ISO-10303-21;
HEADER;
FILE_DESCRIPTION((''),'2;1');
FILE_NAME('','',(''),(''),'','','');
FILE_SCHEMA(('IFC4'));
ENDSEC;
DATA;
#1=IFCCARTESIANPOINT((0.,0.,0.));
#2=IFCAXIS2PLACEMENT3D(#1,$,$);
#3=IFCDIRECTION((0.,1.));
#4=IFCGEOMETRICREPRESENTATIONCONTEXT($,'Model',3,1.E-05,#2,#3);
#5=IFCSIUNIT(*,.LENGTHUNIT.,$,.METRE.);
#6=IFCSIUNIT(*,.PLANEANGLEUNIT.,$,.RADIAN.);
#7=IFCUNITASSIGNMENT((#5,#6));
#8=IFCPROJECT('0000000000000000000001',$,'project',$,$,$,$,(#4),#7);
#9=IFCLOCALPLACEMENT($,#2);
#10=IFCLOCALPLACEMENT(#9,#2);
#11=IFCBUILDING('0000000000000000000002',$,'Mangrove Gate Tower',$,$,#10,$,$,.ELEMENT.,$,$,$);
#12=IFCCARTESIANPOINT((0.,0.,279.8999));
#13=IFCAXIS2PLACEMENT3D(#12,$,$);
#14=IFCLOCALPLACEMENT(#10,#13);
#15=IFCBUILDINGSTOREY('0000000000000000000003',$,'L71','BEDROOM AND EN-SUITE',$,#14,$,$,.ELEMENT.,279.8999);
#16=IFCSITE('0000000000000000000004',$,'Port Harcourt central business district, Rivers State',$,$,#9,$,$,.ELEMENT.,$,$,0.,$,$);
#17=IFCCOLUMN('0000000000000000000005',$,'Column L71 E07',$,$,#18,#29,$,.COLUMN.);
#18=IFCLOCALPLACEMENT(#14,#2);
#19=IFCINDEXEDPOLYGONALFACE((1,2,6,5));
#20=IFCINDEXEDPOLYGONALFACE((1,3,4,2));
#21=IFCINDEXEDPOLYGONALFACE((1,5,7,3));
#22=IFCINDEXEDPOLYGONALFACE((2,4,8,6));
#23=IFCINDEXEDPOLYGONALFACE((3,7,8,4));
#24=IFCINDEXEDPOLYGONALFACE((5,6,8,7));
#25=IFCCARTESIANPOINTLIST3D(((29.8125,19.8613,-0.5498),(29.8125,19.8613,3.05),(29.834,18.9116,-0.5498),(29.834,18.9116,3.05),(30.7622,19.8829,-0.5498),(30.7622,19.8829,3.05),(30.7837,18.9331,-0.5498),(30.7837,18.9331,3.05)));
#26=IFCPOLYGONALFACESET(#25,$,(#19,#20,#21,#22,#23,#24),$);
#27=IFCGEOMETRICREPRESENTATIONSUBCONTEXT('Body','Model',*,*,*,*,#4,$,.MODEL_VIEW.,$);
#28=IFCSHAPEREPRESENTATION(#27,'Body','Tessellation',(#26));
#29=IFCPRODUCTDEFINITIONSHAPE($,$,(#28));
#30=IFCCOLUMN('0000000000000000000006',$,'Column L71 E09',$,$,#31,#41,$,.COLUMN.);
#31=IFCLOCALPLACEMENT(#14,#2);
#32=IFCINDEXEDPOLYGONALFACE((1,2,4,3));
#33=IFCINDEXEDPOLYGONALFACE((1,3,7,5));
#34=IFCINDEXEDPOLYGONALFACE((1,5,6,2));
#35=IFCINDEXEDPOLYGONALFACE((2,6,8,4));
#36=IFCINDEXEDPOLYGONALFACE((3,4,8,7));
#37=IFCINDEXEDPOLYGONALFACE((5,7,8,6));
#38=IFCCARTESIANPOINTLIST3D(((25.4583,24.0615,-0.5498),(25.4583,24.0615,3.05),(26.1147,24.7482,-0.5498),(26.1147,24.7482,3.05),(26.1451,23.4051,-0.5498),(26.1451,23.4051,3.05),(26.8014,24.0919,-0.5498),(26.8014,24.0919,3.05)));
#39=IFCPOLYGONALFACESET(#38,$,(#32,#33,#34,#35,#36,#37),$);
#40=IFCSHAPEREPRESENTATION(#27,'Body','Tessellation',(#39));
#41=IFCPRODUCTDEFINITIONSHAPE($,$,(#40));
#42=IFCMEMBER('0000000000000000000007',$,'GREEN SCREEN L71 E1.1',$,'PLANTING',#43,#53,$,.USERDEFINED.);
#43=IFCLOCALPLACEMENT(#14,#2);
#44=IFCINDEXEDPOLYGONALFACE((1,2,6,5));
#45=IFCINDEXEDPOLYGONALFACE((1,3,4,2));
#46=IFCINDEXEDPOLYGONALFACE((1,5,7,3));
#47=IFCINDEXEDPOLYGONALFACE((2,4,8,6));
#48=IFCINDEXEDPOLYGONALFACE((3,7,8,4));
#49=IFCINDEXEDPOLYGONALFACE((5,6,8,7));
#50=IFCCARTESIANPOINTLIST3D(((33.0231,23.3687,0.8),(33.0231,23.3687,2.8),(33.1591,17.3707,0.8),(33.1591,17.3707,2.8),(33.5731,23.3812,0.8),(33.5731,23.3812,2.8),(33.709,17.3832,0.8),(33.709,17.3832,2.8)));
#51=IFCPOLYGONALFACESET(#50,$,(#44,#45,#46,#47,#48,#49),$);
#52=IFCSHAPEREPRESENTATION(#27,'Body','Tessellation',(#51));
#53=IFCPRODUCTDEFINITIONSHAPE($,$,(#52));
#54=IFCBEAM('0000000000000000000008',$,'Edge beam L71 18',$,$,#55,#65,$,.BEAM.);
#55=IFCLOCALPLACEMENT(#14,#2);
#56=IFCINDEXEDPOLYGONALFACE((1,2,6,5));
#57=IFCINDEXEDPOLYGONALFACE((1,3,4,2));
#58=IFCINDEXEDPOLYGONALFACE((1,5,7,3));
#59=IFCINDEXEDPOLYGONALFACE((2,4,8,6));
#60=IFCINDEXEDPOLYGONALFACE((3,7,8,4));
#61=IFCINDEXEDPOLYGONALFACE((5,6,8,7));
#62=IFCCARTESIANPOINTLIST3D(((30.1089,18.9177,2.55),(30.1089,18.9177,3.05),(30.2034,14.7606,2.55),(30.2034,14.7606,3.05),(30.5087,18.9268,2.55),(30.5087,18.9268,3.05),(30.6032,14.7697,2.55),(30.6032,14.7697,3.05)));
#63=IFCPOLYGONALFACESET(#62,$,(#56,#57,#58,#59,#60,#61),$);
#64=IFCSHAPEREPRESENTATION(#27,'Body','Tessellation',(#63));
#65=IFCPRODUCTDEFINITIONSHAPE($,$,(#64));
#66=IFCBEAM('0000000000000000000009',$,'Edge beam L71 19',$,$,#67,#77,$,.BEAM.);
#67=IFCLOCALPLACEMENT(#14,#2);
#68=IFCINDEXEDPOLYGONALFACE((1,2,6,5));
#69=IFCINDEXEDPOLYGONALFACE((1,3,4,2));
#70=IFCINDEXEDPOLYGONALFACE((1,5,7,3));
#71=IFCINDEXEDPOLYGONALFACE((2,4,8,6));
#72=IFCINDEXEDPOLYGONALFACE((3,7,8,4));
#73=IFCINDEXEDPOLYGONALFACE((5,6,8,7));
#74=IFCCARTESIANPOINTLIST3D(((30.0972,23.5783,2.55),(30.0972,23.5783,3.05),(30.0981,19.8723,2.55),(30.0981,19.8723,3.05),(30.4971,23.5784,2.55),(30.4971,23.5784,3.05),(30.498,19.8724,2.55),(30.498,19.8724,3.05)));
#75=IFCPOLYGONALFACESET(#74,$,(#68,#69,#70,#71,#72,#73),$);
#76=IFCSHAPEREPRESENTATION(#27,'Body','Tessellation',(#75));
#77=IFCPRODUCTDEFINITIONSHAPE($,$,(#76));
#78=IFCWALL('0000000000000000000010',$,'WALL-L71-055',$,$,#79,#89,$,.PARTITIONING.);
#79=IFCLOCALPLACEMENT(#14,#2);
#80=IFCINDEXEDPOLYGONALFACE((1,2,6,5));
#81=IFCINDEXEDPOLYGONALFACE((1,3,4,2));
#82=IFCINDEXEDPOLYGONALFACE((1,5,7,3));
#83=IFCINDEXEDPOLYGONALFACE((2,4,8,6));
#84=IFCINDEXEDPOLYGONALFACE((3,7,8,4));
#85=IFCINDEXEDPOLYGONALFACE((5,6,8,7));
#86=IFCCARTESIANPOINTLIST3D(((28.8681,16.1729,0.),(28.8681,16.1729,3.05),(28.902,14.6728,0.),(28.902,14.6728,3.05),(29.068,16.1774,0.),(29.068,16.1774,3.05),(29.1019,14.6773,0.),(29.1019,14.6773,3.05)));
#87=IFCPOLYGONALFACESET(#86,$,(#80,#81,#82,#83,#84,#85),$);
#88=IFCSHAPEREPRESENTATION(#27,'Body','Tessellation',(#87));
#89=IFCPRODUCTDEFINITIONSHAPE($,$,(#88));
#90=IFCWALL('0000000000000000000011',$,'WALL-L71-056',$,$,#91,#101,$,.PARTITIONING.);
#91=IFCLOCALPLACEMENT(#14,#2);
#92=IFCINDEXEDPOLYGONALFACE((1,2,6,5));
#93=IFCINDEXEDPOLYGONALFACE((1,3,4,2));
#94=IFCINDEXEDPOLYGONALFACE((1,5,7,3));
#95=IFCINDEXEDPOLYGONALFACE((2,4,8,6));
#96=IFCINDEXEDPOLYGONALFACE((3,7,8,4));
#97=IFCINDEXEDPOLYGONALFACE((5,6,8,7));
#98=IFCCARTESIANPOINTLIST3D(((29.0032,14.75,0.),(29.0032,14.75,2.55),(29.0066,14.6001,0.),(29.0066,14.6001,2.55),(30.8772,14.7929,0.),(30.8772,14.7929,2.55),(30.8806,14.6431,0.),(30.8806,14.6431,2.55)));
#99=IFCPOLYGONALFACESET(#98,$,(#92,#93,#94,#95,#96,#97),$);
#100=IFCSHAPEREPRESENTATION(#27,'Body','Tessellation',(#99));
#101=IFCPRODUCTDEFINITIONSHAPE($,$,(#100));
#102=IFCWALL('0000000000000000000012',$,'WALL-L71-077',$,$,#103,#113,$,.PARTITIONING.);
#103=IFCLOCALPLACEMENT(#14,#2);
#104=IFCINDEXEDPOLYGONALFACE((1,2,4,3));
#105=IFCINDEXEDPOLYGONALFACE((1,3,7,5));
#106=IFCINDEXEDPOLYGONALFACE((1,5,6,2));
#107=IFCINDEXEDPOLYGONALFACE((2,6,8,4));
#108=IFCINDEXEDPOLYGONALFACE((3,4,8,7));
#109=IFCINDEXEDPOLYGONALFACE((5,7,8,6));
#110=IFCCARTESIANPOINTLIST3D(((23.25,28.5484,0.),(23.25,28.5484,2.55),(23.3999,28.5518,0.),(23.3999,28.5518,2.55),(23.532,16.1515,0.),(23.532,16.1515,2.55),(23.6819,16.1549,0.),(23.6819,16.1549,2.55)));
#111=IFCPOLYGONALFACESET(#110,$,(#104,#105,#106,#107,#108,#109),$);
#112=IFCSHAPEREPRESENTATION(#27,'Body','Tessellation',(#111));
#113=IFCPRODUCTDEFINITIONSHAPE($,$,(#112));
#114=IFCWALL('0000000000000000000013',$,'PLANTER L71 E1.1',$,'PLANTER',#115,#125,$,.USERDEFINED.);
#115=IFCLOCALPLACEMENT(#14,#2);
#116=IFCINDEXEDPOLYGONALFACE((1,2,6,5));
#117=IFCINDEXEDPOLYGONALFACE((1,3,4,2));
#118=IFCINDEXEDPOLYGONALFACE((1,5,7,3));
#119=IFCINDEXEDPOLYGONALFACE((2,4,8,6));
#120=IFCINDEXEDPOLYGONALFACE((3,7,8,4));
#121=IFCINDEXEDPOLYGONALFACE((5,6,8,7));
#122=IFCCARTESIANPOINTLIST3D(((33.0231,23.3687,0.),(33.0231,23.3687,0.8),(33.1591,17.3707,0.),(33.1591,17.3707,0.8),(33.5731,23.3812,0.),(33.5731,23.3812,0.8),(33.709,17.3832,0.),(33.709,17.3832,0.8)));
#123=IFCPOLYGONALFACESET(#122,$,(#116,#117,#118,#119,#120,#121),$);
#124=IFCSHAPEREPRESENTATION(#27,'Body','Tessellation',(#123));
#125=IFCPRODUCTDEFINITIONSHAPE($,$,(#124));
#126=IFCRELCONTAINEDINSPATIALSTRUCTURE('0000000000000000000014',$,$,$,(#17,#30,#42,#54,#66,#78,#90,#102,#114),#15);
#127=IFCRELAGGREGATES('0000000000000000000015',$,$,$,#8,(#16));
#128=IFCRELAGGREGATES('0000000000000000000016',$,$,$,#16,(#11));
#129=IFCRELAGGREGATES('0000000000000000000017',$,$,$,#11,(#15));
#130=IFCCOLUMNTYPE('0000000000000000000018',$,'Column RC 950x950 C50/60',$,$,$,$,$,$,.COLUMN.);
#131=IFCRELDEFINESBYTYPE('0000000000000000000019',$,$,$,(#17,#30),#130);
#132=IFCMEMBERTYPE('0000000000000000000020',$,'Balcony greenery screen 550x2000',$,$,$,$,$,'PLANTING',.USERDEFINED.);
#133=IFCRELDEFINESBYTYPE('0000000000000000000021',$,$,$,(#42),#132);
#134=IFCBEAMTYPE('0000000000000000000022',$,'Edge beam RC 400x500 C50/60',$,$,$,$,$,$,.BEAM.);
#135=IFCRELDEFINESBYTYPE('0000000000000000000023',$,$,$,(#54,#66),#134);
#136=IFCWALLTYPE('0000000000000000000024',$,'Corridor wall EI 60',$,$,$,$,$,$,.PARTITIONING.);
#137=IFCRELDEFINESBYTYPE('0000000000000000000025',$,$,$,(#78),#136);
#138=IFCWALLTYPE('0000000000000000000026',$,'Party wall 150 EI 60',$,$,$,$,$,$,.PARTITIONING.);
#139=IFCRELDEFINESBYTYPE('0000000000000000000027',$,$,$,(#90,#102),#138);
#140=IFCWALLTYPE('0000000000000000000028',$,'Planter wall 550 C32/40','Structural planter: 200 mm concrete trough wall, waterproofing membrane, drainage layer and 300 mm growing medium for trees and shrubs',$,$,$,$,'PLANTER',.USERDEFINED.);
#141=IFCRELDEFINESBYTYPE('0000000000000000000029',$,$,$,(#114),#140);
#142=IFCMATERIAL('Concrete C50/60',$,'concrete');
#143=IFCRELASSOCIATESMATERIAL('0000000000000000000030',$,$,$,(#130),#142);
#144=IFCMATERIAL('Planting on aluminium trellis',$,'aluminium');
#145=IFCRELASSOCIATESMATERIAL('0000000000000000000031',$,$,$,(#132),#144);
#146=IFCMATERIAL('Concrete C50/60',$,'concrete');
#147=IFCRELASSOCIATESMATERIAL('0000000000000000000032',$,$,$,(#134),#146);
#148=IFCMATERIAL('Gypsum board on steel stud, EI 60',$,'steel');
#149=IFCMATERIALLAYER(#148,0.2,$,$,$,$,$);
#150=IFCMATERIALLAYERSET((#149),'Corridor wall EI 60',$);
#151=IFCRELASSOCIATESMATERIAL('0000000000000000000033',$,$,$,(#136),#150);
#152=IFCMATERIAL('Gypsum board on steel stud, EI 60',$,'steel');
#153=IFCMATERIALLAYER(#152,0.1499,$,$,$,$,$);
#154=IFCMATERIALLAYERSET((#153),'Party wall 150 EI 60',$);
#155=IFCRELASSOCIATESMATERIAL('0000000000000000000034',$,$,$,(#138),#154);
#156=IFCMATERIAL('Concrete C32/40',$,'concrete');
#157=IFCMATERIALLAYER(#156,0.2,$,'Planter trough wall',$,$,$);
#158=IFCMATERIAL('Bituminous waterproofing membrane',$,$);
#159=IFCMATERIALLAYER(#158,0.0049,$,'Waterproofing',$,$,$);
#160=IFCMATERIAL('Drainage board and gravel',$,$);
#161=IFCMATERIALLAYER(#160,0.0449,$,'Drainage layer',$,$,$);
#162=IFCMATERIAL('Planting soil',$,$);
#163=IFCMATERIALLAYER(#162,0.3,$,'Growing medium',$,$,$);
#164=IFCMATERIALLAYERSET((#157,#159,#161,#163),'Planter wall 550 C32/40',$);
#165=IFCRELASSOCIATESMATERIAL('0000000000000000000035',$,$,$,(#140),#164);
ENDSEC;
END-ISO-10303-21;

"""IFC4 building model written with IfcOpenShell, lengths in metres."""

from ifc_helpers import new_model, si_unit, direction, frame, frame_2d, origin, origin_2d, place, context, subcontext, project, spatial, rectangle, extrude, material, layer, layer_set, material_profile, profile_set, type_object, element, save


model = new_model("IFC4")

# Units and contexts
model_context = context("Model", 3, precision=1e-05, world=origin(), true_north=direction((0.0, 1.0)))
body_context = subcontext(model_context, "Body", "Model", "MODEL_VIEW")
ifc_project = project(units=[si_unit("LENGTHUNIT", "METRE"), si_unit("PLANEANGLEUNIT", "RADIAN")], contexts=[model_context])

# Site, building, storey
site_placement = place(None, origin())
site = spatial("IfcSite", under=ifc_project, at=site_placement, Name="Port Harcourt central business district, Rivers State", CompositionType="ELEMENT", RefElevation=0.0)
building_placement = place(site_placement, origin())
building = spatial("IfcBuilding", under=site, at=building_placement, Name="Mangrove Gate Tower", CompositionType="ELEMENT")
storey_placement = place(building_placement, frame((0.0, 0.0, 279.8999)))
storey = spatial("IfcBuildingStorey", under=building, at=storey_placement, Name="L71", Description="BEDROOM AND EN-SUITE", CompositionType="ELEMENT", Elevation=279.8999)

# Columns
ifc_material_1 = material(Name="Concrete C50/60", Category="concrete")
ifc_material_profile_1 = material_profile(ifc_material_1, rectangle(XDim=0.95, YDim=0.95, at=origin_2d()))
ifc_profile_set_1 = profile_set([ifc_material_profile_1], Name="Concrete C50/60")
column_type = type_object("IfcColumnType", Name="Column RC 950x950 C50/60", PredefinedType="COLUMN", material=ifc_profile_set_1)
for number, where, z_axis, x_axis, name in (
    (1, (30.2981, 19.3972, -0.5498), (0.0, 0.0, 1.0), (-0.022708, 0.999742, 0.0), "Column L71 E07"),
    (2, (26.1299, 24.0767, -0.5498), (0.0, 0.0, 1.0), (-0.72292, 0.690932, 0.0), "Column L71 E09"),
):
    element("IfcColumn", number, at=place(storey_placement, frame(where, z_axis=z_axis, x_axis=x_axis)), inside=storey, type_object=column_type, Name=name, PredefinedType="COLUMN", context=body_context, shape_type="SweptSolid", body=[
        extrude(rectangle(XDim=0.95, YDim=0.95, at=origin_2d()), origin(), (0.0, 0.0, 1.0), 3.5999),
    ])

# Member
ifc_material_2 = material(Name="Planting on aluminium trellis", Category="aluminium")
ifc_material_profile_2 = material_profile(ifc_material_2, rectangle(XDim=0.55, YDim=2.0, at=origin_2d()))
ifc_profile_set_2 = profile_set([ifc_material_profile_2], Name="Planting on aluminium trellis")
member_type = type_object("IfcMemberType", Name="Balcony greenery screen 550x2000", ElementType="PLANTING", PredefinedType="USERDEFINED", material=ifc_profile_set_2)
member_placement = place(storey_placement, frame((33.4341, 17.377, 1.8), z_axis=(-0.022666, 0.999743, 0.0), x_axis=(-0.999743, -0.022666, 0.0)))
element("IfcMember", 3, at=member_placement, inside=storey, type_object=member_type, Name="GREEN SCREEN L71 E1.1", ObjectType="PLANTING", PredefinedType="USERDEFINED", context=body_context, shape_type="SweptSolid", body=[
    extrude(rectangle(XDim=0.55, YDim=2.0, at=origin_2d()), origin(), (0.0, 0.0, 1.0), 5.9995),
])

# Beams
ifc_material_3 = material(Name="Concrete C50/60", Category="concrete")
ifc_material_profile_3 = material_profile(ifc_material_3, rectangle(XDim=0.3999, YDim=0.5, at=origin_2d()))
ifc_profile_set_3 = profile_set([ifc_material_profile_3], Name="Concrete C50/60")
beam_type = type_object("IfcBeamType", Name="Edge beam RC 400x500 C50/60", PredefinedType="BEAM", material=ifc_profile_set_3)
beam_1_placement = place(storey_placement, frame((30.4033, 14.7651, 2.8), z_axis=(-0.022721, 0.999742, 0.0), x_axis=(-0.999742, -0.022721, 0.0)))
element("IfcBeam", 4, at=beam_1_placement, inside=storey, type_object=beam_type, Name="Edge beam L71 18", PredefinedType="BEAM", context=body_context, shape_type="SweptSolid", body=[
    extrude(rectangle(XDim=0.3999, YDim=0.5, at=origin_2d()), origin(), (0.0, 0.0, 1.0), 4.1582),
])
beam_2_placement = place(storey_placement, frame((30.2981, 19.8723, 2.8), z_axis=(-0.000264, 1.0, 0.0), x_axis=(-1.0, -0.000264, 0.0)))
element("IfcBeam", 5, at=beam_2_placement, inside=storey, type_object=beam_type, Name="Edge beam L71 19", PredefinedType="BEAM", context=body_context, shape_type="SweptSolid", body=[
    extrude(rectangle(XDim=0.3999, YDim=0.5, at=origin_2d()), origin(), (0.0, 0.0, 1.0), 3.7061),
])

# Walls
ifc_material_4 = material(Name="Gypsum board on steel stud, EI 60", Category="steel")
ifc_layer_1 = layer(ifc_material_4, 0.2)
ifc_layer_set_1 = layer_set([ifc_layer_1], Name="Corridor wall EI 60")
wall_type_1 = type_object("IfcWallType", Name="Corridor wall EI 60", PredefinedType="PARTITIONING", material=ifc_layer_set_1)
wall_1_placement = place(storey_placement, frame((29.002, 14.675, 0.0), z_axis=(0.0, 0.0, 1.0), x_axis=(-0.022618, 0.999744, 0.0)))
element("IfcWall", 6, at=wall_1_placement, inside=storey, type_object=wall_type_1, Name="WALL-L71-055", PredefinedType="PARTITIONING", context=body_context, shape_type="SweptSolid", body=[
    extrude(rectangle(XDim=1.5005, YDim=0.2, at=frame_2d((0.7502, 0.0))), origin(), (0.0, 0.0, 1.0), 3.05),
])
ifc_material_5 = material(Name="Gypsum board on steel stud, EI 60", Category="steel")
ifc_layer_2 = layer(ifc_material_5, 0.1499)
ifc_layer_set_2 = layer_set([ifc_layer_2], Name="Party wall 150 EI 60")
wall_type_2 = type_object("IfcWallType", Name="Party wall 150 EI 60", PredefinedType="PARTITIONING", material=ifc_layer_set_2)
wall_2_placement = place(storey_placement, frame((29.0049, 14.675, 0.0), z_axis=(0.0, 0.0, 1.0), x_axis=(0.999737, 0.022923, 0.0)))
element("IfcWall", 7, at=wall_2_placement, inside=storey, type_object=wall_type_2, Name="WALL-L71-056", PredefinedType="PARTITIONING", context=body_context, shape_type="SweptSolid", body=[
    extrude(rectangle(XDim=1.8745, YDim=0.1499, at=frame_2d((0.9373, 0.0))), origin(), (0.0, 0.0, 1.0), 2.55),
])
wall_3_placement = place(storey_placement, frame((23.6069, 16.1531, 0.0), z_axis=(0.0, 0.0, 1.0), x_axis=(-0.02274, 0.999741, 0.0)))
element("IfcWall", 8, at=wall_3_placement, inside=storey, type_object=wall_type_2, Name="WALL-L71-077", PredefinedType="PARTITIONING", context=body_context, shape_type="SweptSolid", body=[
    extrude(rectangle(XDim=12.4001, YDim=0.1499, at=frame_2d((6.2002, 0.0))), origin(), (0.0, 0.0, 1.0), 2.55),
])
ifc_material_6 = material(Name="Concrete C32/40", Category="concrete")
ifc_layer_3 = layer(ifc_material_6, 0.2, Name="Planter trough wall")
ifc_material_7 = material(Name="Bituminous waterproofing membrane")
ifc_layer_4 = layer(ifc_material_7, 0.0049, Name="Waterproofing")
ifc_material_8 = material(Name="Drainage board and gravel")
ifc_layer_5 = layer(ifc_material_8, 0.0449, Name="Drainage layer")
ifc_material_9 = material(Name="Planting soil")
ifc_layer_6 = layer(ifc_material_9, 0.3, Name="Growing medium")
ifc_layer_set_3 = layer_set([ifc_layer_3, ifc_layer_4, ifc_layer_5, ifc_layer_6], Name="Planter wall 550 C32/40")
wall_type_3 = type_object("IfcWallType", Name="Planter wall 550 C32/40", Description="Structural planter: 200 mm concrete trough wall, waterproofing membrane, drainage layer and 300 mm growing medium for trees and shrubs", ElementType="PLANTER", PredefinedType="USERDEFINED", material=ifc_layer_set_3)
wall_4_placement = place(storey_placement, frame((33.4341, 17.377, 0.0), z_axis=(0.0, 0.0, 1.0), x_axis=(-0.022666, 0.999743, 0.0)))
element("IfcWall", 9, at=wall_4_placement, inside=storey, type_object=wall_type_3, Name="PLANTER L71 E1.1", ObjectType="PLANTER", PredefinedType="USERDEFINED", context=body_context, shape_type="SweptSolid", body=[
    extrude(rectangle(XDim=5.9995, YDim=0.55, at=frame_2d((2.9998, 0.0))), origin(), (0.0, 0.0, 1.0), 0.8),
])

save(model, "model.ifc")
